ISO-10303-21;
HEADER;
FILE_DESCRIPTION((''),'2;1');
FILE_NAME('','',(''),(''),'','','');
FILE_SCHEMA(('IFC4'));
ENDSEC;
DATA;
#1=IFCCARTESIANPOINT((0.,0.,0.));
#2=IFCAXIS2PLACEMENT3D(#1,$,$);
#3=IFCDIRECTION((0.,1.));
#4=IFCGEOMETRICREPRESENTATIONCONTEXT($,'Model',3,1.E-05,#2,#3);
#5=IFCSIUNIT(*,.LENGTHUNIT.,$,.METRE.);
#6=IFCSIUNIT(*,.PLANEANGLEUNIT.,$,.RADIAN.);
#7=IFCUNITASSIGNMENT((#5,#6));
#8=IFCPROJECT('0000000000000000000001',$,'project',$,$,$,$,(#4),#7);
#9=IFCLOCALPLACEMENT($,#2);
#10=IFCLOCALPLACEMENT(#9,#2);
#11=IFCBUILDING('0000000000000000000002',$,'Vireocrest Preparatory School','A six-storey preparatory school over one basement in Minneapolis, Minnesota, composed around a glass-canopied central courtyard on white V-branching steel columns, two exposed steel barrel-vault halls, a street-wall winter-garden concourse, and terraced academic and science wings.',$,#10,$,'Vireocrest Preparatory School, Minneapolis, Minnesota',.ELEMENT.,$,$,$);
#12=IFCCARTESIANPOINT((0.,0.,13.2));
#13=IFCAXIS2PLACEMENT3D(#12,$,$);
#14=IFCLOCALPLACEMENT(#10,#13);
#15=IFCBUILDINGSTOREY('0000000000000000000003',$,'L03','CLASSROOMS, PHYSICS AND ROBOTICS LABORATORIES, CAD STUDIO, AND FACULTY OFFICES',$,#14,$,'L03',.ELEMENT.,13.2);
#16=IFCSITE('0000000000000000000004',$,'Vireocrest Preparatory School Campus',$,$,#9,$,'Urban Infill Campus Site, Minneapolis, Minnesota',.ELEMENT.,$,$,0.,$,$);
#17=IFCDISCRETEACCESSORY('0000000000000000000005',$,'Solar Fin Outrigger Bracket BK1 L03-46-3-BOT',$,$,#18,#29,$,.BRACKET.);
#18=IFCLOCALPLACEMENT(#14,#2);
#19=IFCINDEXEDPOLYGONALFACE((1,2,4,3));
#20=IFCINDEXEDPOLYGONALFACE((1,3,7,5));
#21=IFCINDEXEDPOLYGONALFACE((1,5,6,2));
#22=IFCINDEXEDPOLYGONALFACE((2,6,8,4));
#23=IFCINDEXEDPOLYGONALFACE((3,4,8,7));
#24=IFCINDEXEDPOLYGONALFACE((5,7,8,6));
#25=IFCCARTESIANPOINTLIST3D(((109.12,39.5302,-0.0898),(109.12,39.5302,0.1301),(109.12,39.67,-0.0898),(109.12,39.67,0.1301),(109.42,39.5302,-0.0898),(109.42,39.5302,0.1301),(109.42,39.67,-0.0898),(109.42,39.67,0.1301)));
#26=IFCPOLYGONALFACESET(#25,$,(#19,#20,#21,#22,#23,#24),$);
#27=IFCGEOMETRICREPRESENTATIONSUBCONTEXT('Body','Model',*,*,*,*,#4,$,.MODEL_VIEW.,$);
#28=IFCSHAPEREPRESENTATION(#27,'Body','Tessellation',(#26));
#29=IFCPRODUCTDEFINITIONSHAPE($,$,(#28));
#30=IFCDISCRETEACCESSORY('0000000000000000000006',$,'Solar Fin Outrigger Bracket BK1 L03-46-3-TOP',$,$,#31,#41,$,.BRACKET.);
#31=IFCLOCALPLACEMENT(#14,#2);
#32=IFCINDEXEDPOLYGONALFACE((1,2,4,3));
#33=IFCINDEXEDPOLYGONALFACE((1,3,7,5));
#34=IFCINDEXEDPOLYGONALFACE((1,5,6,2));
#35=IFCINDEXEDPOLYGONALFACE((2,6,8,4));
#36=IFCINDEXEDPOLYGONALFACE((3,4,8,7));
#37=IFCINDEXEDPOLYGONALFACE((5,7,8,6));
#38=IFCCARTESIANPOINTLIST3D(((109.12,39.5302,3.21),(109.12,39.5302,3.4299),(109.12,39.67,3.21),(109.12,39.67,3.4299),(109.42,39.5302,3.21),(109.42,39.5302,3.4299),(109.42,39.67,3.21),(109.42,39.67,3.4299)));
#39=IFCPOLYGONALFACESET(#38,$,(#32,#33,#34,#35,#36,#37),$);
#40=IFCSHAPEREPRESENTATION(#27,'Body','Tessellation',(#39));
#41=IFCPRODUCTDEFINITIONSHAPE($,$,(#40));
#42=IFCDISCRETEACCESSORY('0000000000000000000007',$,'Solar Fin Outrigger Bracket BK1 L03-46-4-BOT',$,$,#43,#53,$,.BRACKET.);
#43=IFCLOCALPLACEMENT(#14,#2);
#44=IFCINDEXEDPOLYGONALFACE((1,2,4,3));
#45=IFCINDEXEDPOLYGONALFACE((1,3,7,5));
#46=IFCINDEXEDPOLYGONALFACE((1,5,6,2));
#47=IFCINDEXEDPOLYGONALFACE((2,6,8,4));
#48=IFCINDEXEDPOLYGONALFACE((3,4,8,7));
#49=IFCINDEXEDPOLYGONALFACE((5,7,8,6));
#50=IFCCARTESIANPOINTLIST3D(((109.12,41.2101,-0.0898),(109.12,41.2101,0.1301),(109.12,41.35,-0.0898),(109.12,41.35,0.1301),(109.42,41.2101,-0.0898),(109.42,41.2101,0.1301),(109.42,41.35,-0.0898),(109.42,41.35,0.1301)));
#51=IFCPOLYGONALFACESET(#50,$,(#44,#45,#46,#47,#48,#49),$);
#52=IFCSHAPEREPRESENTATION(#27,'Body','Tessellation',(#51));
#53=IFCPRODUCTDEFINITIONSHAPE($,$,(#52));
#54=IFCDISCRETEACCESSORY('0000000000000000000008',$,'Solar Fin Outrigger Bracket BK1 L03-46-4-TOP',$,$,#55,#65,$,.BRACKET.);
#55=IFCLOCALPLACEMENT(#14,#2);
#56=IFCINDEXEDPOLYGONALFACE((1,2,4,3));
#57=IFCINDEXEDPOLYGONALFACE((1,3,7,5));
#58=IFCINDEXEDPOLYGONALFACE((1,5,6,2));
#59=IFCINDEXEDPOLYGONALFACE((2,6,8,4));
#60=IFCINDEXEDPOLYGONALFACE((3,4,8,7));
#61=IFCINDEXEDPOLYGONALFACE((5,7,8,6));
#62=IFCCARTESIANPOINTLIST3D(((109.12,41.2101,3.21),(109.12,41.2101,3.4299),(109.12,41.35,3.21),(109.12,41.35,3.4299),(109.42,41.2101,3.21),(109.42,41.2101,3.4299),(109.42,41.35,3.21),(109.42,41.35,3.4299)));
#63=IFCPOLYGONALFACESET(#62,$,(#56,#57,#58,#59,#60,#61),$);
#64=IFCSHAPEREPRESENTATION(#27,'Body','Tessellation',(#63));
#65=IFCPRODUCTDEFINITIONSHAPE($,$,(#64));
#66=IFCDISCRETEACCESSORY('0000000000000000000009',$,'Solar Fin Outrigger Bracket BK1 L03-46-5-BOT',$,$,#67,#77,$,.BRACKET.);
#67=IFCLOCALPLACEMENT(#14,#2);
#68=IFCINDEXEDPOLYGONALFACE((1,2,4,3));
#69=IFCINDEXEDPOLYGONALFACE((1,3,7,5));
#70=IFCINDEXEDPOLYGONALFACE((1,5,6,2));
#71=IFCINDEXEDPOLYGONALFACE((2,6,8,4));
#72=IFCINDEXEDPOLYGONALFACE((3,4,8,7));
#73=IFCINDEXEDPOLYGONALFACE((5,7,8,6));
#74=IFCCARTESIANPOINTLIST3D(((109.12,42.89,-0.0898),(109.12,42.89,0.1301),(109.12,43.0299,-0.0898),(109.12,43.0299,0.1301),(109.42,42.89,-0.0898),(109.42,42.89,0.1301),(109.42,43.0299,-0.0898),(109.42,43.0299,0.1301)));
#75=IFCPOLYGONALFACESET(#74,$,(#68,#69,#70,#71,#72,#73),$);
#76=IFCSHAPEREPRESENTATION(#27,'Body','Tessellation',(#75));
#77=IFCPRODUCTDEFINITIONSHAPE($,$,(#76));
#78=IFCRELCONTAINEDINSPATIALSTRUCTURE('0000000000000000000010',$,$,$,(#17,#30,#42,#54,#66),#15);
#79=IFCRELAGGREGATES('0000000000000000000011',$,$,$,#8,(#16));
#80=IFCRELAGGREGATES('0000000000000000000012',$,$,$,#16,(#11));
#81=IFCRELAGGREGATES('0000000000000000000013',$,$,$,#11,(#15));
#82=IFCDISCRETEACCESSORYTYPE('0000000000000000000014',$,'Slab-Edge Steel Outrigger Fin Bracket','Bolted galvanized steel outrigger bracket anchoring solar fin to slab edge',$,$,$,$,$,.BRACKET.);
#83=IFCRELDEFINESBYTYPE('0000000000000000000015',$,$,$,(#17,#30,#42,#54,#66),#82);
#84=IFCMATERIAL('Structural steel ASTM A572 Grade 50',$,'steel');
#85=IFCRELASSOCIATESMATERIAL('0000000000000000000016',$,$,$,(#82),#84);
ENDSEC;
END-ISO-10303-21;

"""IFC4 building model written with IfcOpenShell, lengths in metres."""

from ifc_helpers import new_model, si_unit, direction, frame, origin, origin_2d, place, context, subcontext, project, spatial, rectangle, extrude, material, type_object, element, save


model = new_model("IFC4")

# Units and contexts
model_context = context("Model", 3, precision=1e-05, world=origin(), true_north=direction((0.0, 1.0)))
body_context = subcontext(model_context, "Body", "Model", "MODEL_VIEW")
ifc_project = project(units=[si_unit("LENGTHUNIT", "METRE"), si_unit("PLANEANGLEUNIT", "RADIAN")], contexts=[model_context])

# Site, building, storey
site_placement = place(None, origin())
site = spatial("IfcSite", under=ifc_project, at=site_placement, Name="Vireocrest Preparatory School Campus", LongName="Urban Infill Campus Site, Minneapolis, Minnesota", CompositionType="ELEMENT", RefElevation=0.0)
building_placement = place(site_placement, origin())
building = spatial("IfcBuilding", under=site, at=building_placement, Name="Vireocrest Preparatory School", Description="A six-storey preparatory school over one basement in Minneapolis, Minnesota, composed around a glass-canopied central courtyard on white V-branching steel columns, two exposed steel barrel-vault halls, a street-wall winter-garden concourse, and terraced academic and science wings.", LongName="Vireocrest Preparatory School, Minneapolis, Minnesota", CompositionType="ELEMENT")
storey_placement = place(building_placement, frame((0.0, 0.0, 13.2)))
storey = spatial("IfcBuildingStorey", under=building, at=storey_placement, Name="L03", Description="CLASSROOMS, PHYSICS AND ROBOTICS LABORATORIES, CAD STUDIO, AND FACULTY OFFICES", LongName="L03", CompositionType="ELEMENT", Elevation=13.2)

# Discrete accessories
ifc_material_1 = material(Name="Structural steel ASTM A572 Grade 50", Category="steel")
discrete_accessory_type = type_object("IfcDiscreteAccessoryType", Name="Slab-Edge Steel Outrigger Fin Bracket", Description="Bolted galvanized steel outrigger bracket anchoring solar fin to slab edge", PredefinedType="BRACKET", material=ifc_material_1)
for number, where, z_axis, x_axis, name in (
    (1, (109.27, 39.6001, -0.0898), (0.0, 0.0, 1.0), (0.0, -1.0, 0.0), "Solar Fin Outrigger Bracket BK1 L03-46-3-BOT"),
    (2, (109.27, 39.6001, 3.21), (0.0, 0.0, 1.0), (0.0, -1.0, 0.0), "Solar Fin Outrigger Bracket BK1 L03-46-3-TOP"),
    (3, (109.27, 41.28, -0.0898), (0.0, 0.0, 1.0), (0.0, -1.0, 0.0), "Solar Fin Outrigger Bracket BK1 L03-46-4-BOT"),
    (4, (109.27, 41.28, 3.21), (0.0, 0.0, 1.0), (0.0, -1.0, 0.0), "Solar Fin Outrigger Bracket BK1 L03-46-4-TOP"),
    (5, (109.27, 42.96, -0.0898), (0.0, 0.0, 1.0), (0.0, -1.0, 0.0), "Solar Fin Outrigger Bracket BK1 L03-46-5-BOT"),
):
    element("IfcDiscreteAccessory", number, at=place(storey_placement, frame(where, z_axis=z_axis, x_axis=x_axis)), inside=storey, type_object=discrete_accessory_type, Name=name, PredefinedType="BRACKET", context=body_context, shape_type="SweptSolid", body=[
        extrude(rectangle(XDim=0.1399, YDim=0.3, at=origin_2d()), origin(), (0.0, 0.0, 1.0), 0.22),
    ])

save(model, "model.ifc")
